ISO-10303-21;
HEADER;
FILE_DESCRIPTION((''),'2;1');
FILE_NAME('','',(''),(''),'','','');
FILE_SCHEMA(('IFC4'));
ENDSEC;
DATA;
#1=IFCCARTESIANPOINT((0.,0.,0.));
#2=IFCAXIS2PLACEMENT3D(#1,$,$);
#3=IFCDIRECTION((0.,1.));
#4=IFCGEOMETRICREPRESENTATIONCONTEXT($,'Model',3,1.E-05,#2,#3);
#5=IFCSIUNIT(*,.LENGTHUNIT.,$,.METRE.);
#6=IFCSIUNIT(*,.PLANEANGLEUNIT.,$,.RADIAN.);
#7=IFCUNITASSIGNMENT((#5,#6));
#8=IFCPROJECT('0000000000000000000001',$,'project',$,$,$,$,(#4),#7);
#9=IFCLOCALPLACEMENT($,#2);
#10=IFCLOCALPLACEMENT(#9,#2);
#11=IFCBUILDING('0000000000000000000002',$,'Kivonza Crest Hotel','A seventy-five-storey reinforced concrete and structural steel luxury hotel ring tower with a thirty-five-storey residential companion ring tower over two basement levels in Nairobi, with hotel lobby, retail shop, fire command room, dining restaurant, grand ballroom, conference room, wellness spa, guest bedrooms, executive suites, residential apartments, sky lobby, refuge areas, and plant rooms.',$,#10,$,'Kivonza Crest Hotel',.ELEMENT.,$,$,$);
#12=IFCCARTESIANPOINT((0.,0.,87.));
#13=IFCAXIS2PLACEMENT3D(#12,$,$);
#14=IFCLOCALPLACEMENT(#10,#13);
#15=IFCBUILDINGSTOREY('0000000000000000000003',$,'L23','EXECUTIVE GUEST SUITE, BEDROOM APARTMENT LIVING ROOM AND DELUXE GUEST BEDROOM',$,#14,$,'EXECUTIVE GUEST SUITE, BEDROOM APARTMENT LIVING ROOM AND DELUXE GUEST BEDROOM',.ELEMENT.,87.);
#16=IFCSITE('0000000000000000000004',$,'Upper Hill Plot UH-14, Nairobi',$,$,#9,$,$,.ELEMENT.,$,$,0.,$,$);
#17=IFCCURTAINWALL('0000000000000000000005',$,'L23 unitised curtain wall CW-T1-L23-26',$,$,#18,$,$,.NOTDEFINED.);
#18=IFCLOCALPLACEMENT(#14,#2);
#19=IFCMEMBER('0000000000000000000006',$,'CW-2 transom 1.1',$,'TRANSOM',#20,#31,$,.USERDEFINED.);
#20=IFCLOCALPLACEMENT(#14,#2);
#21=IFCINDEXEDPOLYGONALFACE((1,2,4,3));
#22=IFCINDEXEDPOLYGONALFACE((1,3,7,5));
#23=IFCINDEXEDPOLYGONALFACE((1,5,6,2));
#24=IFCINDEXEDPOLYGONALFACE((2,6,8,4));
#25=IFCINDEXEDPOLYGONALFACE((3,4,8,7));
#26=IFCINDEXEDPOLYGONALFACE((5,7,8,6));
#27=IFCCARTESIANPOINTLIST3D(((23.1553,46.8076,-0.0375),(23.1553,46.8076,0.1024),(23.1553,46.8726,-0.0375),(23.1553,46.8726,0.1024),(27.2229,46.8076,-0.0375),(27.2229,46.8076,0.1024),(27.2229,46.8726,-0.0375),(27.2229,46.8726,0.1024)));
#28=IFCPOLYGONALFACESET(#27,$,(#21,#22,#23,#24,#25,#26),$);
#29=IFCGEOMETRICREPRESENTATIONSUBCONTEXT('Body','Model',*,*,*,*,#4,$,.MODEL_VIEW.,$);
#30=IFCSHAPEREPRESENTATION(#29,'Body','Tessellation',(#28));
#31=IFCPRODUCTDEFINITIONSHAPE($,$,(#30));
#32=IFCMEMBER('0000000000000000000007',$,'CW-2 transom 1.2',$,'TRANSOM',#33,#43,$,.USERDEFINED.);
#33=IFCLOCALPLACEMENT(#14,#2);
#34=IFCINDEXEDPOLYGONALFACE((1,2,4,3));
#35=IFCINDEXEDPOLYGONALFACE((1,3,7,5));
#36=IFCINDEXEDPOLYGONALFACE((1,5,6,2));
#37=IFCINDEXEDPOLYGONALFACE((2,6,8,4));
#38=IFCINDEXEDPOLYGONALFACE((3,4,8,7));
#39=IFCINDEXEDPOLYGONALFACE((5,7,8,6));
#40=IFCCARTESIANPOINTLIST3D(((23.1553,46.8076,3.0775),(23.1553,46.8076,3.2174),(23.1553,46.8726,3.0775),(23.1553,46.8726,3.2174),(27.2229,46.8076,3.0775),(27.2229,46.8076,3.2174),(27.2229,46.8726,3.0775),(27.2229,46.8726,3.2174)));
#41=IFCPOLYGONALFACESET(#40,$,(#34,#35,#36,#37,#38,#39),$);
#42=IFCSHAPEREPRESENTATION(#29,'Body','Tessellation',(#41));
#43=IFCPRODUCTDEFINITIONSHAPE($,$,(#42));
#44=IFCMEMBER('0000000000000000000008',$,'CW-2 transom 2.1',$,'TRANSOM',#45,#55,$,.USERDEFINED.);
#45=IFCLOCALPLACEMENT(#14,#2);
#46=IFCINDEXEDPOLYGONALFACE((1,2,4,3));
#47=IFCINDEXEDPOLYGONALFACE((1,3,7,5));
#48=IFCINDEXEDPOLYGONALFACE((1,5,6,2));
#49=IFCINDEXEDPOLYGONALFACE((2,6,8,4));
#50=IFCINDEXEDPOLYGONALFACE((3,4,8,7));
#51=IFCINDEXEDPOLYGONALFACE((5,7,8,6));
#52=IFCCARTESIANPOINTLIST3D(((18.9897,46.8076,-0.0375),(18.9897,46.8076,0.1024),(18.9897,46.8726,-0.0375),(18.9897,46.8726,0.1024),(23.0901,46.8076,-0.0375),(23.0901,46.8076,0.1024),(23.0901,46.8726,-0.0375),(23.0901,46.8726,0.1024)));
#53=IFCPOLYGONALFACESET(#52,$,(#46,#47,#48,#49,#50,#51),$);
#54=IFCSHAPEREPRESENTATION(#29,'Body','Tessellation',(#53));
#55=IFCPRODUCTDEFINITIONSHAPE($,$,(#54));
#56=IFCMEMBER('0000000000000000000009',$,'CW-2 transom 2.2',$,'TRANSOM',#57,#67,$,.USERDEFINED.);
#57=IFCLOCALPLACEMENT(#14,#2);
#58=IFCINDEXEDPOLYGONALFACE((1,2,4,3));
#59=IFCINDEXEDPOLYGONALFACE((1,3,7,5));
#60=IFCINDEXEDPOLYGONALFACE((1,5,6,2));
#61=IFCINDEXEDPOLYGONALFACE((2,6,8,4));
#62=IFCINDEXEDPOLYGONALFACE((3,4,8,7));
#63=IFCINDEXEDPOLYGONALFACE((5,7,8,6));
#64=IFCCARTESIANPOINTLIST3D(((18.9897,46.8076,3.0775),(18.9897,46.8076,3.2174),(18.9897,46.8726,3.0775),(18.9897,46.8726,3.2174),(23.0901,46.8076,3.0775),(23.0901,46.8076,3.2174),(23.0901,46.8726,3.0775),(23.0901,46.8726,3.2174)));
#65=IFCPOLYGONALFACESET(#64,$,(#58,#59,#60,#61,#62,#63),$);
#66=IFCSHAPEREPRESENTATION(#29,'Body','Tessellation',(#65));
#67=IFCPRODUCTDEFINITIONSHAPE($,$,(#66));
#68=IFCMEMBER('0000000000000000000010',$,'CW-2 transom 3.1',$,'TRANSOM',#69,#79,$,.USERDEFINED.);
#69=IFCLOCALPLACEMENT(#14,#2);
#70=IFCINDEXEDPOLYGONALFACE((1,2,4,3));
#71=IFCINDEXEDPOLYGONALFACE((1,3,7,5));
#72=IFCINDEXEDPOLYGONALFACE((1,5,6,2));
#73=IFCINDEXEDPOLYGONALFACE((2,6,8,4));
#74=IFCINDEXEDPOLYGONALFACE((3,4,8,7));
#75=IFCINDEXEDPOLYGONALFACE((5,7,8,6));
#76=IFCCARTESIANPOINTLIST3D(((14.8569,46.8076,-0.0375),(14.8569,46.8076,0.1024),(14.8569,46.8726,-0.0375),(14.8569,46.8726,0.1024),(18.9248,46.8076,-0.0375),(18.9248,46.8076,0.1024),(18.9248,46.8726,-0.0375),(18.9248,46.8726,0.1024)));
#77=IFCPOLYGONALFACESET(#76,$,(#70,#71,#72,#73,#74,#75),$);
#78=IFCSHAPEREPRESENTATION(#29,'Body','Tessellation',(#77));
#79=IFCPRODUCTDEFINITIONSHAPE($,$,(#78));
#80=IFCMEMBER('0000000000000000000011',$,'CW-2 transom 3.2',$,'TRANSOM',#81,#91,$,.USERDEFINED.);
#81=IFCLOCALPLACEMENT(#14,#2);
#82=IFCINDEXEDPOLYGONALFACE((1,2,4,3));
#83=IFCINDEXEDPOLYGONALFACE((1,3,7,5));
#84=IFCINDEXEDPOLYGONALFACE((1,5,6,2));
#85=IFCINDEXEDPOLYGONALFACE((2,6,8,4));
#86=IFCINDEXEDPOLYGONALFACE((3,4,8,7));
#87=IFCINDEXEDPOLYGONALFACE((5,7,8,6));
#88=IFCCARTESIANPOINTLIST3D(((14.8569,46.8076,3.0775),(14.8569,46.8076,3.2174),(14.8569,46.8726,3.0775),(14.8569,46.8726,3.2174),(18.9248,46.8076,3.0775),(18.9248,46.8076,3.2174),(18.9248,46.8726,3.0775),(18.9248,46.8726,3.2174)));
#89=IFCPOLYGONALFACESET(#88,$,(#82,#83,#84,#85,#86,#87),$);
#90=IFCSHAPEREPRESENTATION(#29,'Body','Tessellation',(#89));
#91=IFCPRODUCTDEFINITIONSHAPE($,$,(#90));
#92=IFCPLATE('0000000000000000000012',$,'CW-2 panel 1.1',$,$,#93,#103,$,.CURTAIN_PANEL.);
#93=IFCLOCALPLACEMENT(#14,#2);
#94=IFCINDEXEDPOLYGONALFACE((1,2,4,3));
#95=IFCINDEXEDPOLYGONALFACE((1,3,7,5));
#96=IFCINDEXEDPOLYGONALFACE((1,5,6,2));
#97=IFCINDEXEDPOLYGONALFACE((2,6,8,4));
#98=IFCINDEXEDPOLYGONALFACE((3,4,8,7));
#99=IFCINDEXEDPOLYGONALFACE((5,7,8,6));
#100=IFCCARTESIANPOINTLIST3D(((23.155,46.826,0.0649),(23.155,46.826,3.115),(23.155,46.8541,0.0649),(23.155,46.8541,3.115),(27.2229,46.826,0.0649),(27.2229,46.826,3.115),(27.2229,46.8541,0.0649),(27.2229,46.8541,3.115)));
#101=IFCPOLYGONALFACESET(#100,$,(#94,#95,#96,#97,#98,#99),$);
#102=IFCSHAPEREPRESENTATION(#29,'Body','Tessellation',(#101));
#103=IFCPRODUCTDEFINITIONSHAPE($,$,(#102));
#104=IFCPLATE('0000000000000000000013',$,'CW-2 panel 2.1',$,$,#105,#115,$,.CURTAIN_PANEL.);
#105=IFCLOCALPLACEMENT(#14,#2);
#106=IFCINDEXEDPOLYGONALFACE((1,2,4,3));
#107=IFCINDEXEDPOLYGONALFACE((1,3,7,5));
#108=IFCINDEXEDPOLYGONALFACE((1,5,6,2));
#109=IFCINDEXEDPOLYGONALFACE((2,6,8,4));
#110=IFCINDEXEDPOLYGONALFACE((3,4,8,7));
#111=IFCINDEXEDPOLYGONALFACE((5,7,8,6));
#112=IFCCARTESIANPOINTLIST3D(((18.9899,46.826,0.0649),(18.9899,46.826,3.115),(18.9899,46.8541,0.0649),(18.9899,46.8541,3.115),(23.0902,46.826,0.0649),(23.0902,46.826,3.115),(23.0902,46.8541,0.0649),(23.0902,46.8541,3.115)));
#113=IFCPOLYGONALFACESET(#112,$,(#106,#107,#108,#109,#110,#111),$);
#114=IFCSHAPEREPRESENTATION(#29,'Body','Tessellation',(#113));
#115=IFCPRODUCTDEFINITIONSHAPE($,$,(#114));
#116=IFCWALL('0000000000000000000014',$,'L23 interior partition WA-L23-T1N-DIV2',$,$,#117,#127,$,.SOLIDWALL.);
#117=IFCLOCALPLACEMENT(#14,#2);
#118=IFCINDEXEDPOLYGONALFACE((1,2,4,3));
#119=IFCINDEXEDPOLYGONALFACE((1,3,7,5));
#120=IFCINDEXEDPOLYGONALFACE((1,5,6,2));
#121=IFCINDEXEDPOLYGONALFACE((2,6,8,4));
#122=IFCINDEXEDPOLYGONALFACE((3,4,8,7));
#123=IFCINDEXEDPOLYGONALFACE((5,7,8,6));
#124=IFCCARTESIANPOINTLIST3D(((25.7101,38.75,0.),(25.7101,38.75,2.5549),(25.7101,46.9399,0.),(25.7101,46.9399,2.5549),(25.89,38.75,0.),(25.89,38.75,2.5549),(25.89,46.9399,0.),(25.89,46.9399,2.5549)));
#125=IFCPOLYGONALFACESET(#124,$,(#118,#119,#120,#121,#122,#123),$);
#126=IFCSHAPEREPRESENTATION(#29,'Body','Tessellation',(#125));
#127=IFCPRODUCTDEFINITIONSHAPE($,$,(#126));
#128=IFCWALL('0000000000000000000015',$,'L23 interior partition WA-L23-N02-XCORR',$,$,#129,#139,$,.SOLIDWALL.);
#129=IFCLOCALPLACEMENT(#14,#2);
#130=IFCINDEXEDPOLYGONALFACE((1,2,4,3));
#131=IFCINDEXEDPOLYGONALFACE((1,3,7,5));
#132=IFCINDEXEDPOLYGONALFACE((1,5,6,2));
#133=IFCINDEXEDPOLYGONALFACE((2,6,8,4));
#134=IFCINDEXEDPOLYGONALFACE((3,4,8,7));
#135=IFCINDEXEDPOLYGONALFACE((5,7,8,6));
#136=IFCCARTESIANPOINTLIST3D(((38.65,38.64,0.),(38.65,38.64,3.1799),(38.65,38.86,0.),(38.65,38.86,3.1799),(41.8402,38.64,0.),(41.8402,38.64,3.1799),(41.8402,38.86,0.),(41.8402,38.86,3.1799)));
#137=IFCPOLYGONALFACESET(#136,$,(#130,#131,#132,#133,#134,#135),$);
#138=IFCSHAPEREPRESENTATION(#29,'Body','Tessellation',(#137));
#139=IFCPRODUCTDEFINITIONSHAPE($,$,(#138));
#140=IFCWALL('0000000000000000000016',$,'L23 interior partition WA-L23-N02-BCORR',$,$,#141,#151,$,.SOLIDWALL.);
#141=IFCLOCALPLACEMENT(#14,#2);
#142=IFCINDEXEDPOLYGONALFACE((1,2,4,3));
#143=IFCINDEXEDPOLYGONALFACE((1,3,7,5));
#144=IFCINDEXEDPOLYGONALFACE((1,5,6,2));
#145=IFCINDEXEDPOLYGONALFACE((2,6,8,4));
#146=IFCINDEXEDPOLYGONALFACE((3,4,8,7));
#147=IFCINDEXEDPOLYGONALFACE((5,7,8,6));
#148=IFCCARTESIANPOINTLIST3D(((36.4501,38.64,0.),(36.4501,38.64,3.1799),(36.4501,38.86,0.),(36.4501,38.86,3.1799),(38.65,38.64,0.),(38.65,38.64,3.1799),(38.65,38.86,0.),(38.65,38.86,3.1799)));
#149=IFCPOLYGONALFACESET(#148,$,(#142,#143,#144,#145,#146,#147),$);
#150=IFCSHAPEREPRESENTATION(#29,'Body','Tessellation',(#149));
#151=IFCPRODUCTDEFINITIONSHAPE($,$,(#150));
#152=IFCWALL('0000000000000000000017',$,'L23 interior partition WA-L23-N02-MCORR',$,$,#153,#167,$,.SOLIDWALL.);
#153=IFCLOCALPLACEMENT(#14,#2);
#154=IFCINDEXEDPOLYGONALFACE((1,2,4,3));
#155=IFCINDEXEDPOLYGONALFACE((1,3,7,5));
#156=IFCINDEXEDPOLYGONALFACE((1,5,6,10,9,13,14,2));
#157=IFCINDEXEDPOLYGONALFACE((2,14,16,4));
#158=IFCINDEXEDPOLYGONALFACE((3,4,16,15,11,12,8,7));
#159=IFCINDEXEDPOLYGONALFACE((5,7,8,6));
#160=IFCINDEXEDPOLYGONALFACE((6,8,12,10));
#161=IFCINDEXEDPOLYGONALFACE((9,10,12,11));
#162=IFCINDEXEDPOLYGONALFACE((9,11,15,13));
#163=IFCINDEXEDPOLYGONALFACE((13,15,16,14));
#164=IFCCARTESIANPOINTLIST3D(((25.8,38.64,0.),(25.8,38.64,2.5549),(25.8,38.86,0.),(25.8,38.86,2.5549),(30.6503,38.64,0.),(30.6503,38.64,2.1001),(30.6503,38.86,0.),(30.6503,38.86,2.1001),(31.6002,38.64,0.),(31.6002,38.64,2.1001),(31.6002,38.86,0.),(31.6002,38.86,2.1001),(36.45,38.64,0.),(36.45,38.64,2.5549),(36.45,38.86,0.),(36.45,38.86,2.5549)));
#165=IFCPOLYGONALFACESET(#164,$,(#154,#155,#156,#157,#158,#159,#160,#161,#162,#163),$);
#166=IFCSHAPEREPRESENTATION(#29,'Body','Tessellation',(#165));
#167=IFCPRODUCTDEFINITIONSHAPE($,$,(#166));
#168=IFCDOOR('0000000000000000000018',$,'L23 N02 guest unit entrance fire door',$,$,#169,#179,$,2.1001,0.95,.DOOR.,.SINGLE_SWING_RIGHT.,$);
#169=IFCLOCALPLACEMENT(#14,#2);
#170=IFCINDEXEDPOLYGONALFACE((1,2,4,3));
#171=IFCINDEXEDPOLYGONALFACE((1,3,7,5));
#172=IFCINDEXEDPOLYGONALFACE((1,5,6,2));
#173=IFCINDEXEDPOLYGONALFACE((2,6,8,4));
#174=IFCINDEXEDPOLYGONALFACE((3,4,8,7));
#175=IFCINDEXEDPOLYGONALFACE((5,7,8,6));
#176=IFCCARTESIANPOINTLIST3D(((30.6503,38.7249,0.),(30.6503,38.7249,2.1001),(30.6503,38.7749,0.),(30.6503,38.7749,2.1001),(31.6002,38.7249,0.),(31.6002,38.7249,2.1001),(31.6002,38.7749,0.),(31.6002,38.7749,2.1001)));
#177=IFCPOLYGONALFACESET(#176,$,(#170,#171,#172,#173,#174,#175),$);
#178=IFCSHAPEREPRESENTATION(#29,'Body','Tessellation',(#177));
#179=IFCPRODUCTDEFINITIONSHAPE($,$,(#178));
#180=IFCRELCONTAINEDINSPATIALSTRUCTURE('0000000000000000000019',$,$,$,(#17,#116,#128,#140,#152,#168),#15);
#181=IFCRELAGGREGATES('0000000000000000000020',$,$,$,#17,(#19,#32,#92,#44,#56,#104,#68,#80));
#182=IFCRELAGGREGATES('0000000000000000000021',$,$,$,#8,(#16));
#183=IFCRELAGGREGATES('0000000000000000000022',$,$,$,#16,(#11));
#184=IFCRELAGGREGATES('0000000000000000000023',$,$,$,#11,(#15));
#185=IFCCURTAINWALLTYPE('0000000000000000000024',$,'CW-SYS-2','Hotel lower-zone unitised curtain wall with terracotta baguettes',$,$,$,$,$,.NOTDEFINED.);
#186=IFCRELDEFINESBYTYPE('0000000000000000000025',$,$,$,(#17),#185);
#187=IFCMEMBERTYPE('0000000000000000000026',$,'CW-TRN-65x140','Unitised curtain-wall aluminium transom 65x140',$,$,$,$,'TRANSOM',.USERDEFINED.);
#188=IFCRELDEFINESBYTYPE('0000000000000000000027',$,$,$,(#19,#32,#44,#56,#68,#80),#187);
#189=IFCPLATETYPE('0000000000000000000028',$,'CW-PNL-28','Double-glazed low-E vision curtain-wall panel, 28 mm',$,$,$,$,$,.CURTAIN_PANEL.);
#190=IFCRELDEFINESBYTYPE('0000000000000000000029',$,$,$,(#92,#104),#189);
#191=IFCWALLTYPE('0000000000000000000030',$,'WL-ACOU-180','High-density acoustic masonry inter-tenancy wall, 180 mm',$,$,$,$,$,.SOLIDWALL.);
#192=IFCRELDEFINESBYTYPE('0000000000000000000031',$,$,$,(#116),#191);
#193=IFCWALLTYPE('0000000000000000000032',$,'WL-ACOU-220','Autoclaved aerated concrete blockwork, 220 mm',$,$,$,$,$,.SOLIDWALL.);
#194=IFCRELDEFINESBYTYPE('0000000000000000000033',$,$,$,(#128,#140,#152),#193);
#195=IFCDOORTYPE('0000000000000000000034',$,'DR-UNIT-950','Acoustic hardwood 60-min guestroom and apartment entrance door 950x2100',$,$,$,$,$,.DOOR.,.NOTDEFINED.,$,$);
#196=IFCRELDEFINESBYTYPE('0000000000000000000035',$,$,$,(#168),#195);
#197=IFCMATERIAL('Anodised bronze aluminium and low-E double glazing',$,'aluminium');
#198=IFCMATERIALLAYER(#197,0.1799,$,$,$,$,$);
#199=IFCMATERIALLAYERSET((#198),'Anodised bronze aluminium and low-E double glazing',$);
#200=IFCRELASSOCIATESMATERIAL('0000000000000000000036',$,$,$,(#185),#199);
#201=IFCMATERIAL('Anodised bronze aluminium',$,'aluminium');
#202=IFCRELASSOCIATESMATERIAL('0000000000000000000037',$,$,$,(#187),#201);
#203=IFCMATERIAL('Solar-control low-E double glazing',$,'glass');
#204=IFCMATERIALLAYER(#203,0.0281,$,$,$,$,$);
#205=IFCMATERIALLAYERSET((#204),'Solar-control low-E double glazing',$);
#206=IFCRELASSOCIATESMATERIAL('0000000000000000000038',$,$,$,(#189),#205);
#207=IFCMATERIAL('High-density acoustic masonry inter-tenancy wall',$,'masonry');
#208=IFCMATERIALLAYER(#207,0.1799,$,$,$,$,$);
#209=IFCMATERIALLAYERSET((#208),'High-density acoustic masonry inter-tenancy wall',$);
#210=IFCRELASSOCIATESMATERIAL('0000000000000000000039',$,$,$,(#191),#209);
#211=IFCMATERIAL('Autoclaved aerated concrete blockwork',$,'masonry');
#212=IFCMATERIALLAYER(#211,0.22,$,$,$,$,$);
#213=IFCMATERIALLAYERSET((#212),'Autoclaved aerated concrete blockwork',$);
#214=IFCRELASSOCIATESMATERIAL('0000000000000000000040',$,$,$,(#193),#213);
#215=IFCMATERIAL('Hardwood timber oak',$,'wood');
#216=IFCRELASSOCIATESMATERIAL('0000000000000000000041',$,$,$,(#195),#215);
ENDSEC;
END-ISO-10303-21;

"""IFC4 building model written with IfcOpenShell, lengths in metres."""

from ifc_helpers import new_model, si_unit, direction, frame, frame_2d, origin, origin_2d, place, context, subcontext, project, spatial, rectangle, extrude, material, layer, layer_set, material_profile, profile_set, type_object, element, fill, aggregate, save


model = new_model("IFC4")

# Units and contexts
model_context = context("Model", 3, precision=1e-05, world=origin(), true_north=direction((0.0, 1.0)))
body_context = subcontext(model_context, "Body", "Model", "MODEL_VIEW")
ifc_project = project(units=[si_unit("LENGTHUNIT", "METRE"), si_unit("PLANEANGLEUNIT", "RADIAN")], contexts=[model_context])

# Site, building, storey
site_placement = place(None, origin())
site = spatial("IfcSite", under=ifc_project, at=site_placement, Name="Upper Hill Plot UH-14, Nairobi", CompositionType="ELEMENT", RefElevation=0.0)
building_placement = place(site_placement, origin())
building = spatial("IfcBuilding", under=site, at=building_placement, Name="Kivonza Crest Hotel", Description="A seventy-five-storey reinforced concrete and structural steel luxury hotel ring tower with a thirty-five-storey residential companion ring tower over two basement levels in Nairobi, with hotel lobby, retail shop, fire command room, dining restaurant, grand ballroom, conference room, wellness spa, guest bedrooms, executive suites, residential apartments, sky lobby, refuge areas, and plant rooms.", LongName="Kivonza Crest Hotel", CompositionType="ELEMENT")
storey_placement = place(building_placement, frame((0.0, 0.0, 87.0)))
storey = spatial("IfcBuildingStorey", under=building, at=storey_placement, Name="L23", Description="EXECUTIVE GUEST SUITE, BEDROOM APARTMENT LIVING ROOM AND DELUXE GUEST BEDROOM", LongName="EXECUTIVE GUEST SUITE, BEDROOM APARTMENT LIVING ROOM AND DELUXE GUEST BEDROOM", CompositionType="ELEMENT", Elevation=87.0)

# Curtain wall, members, plates
ifc_material_1 = material(Name="Anodised bronze aluminium and low-E double glazing", Category="aluminium")
ifc_layer_1 = layer(ifc_material_1, 0.1799)
ifc_layer_set_1 = layer_set([ifc_layer_1], Name="Anodised bronze aluminium and low-E double glazing")
curtain_wall_type = type_object("IfcCurtainWallType", Name="CW-SYS-2", Description="Hotel lower-zone unitised curtain wall with terracotta baguettes", PredefinedType="NOTDEFINED", material=ifc_layer_set_1)
curtain_wall_placement = place(storey_placement, origin())
curtain_wall = element("IfcCurtainWall", 1, at=curtain_wall_placement, inside=storey, type_object=curtain_wall_type, Name="L23 unitised curtain wall CW-T1-L23-26", PredefinedType="NOTDEFINED")
ifc_material_2 = material(Name="Anodised bronze aluminium", Category="aluminium")
ifc_material_profile_1 = material_profile(ifc_material_2, rectangle(XDim=0.0649, YDim=0.1399, at=origin_2d()), Name="CW-T 65x140")
ifc_profile_set_1 = profile_set([ifc_material_profile_1], Name="Anodised bronze aluminium")
member_type_1 = type_object("IfcMemberType", Name="CW-TRN-65x140", Description="Unitised curtain-wall aluminium transom 65x140", ElementType="TRANSOM", PredefinedType="USERDEFINED", material=ifc_profile_set_1)
member_1_placement = place(storey_placement, frame((27.2229, 46.8401, 0.0325), z_axis=(-1.0, 0.0, 0.0), x_axis=(0.0, -1.0, 0.0)))
member_1 = element("IfcMember", 2, at=member_1_placement, type_object=member_type_1, Name="CW-2 transom 1.1", ObjectType="TRANSOM", PredefinedType="USERDEFINED", context=body_context, shape_type="SweptSolid", body=[
    extrude(rectangle(XDim=0.0649, YDim=0.1399, at=origin_2d()), origin(), (0.0, 0.0, 1.0), 4.0676),
])
member_2_placement = place(storey_placement, frame((27.2229, 46.8401, 3.1475), z_axis=(-1.0, 0.0, 0.0), x_axis=(0.0, -1.0, 0.0)))
member_2 = element("IfcMember", 3, at=member_2_placement, type_object=member_type_1, Name="CW-2 transom 1.2", ObjectType="TRANSOM", PredefinedType="USERDEFINED", context=body_context, shape_type="SweptSolid", body=[
    extrude(rectangle(XDim=0.0649, YDim=0.1399, at=origin_2d()), origin(), (0.0, 0.0, 1.0), 4.0676),
])
member_3_placement = place(storey_placement, frame((23.0901, 46.8401, 0.0325), z_axis=(-1.0, 0.0, 0.0), x_axis=(0.0, -1.0, 0.0)))
member_3 = element("IfcMember", 4, at=member_3_placement, type_object=member_type_1, Name="CW-2 transom 2.1", ObjectType="TRANSOM", PredefinedType="USERDEFINED", context=body_context, shape_type="SweptSolid", body=[
    extrude(rectangle(XDim=0.0649, YDim=0.1399, at=origin_2d()), origin(), (0.0, 0.0, 1.0), 4.1003),
])
member_4_placement = place(storey_placement, frame((23.0901, 46.8401, 3.1475), z_axis=(-1.0, 0.0, 0.0), x_axis=(0.0, -1.0, 0.0)))
member_4 = element("IfcMember", 5, at=member_4_placement, type_object=member_type_1, Name="CW-2 transom 2.2", ObjectType="TRANSOM", PredefinedType="USERDEFINED", context=body_context, shape_type="SweptSolid", body=[
    extrude(rectangle(XDim=0.0649, YDim=0.1399, at=origin_2d()), origin(), (0.0, 0.0, 1.0), 4.1003),
])
member_5_placement = place(storey_placement, frame((18.9248, 46.8401, 0.0325), z_axis=(-1.0, 0.0, 0.0), x_axis=(0.0, -1.0, 0.0)))
member_5 = element("IfcMember", 6, at=member_5_placement, type_object=member_type_1, Name="CW-2 transom 3.1", ObjectType="TRANSOM", PredefinedType="USERDEFINED", context=body_context, shape_type="SweptSolid", body=[
    extrude(rectangle(XDim=0.0649, YDim=0.1399, at=origin_2d()), origin(), (0.0, 0.0, 1.0), 4.0679),
])
member_6_placement = place(storey_placement, frame((18.9248, 46.8401, 3.1475), z_axis=(-1.0, 0.0, 0.0), x_axis=(0.0, -1.0, 0.0)))
member_6 = element("IfcMember", 7, at=member_6_placement, type_object=member_type_1, Name="CW-2 transom 3.2", ObjectType="TRANSOM", PredefinedType="USERDEFINED", context=body_context, shape_type="SweptSolid", body=[
    extrude(rectangle(XDim=0.0649, YDim=0.1399, at=origin_2d()), origin(), (0.0, 0.0, 1.0), 4.0679),
])
ifc_material_3 = material(Name="Solar-control low-E double glazing", Category="glass")
ifc_layer_2 = layer(ifc_material_3, 0.0281)
ifc_layer_set_2 = layer_set([ifc_layer_2], Name="Solar-control low-E double glazing")
plate_type = type_object("IfcPlateType", Name="CW-PNL-28", Description="Double-glazed low-E vision curtain-wall panel, 28 mm", PredefinedType="CURTAIN_PANEL", material=ifc_layer_set_2)
plate_1_placement = place(storey_placement, frame((25.189, 46.8401, 0.0649), z_axis=(0.0, 0.0, 1.0), x_axis=(-1.0, 0.0, 0.0)))
plate_1 = element("IfcPlate", 8, at=plate_1_placement, type_object=plate_type, Name="CW-2 panel 1.1", PredefinedType="CURTAIN_PANEL", context=body_context, shape_type="SweptSolid", body=[
    extrude(rectangle(XDim=4.0679, YDim=0.0281, at=origin_2d()), origin(), (0.0, 0.0, 1.0), 3.05),
])
plate_2_placement = place(storey_placement, frame((21.04, 46.8401, 0.0649), z_axis=(0.0, 0.0, 1.0), x_axis=(-1.0, 0.0, 0.0)))
plate_2 = element("IfcPlate", 9, at=plate_2_placement, type_object=plate_type, Name="CW-2 panel 2.1", PredefinedType="CURTAIN_PANEL", context=body_context, shape_type="SweptSolid", body=[
    extrude(rectangle(XDim=4.1003, YDim=0.0281, at=origin_2d()), origin(), (0.0, 0.0, 1.0), 3.05),
])
aggregate(curtain_wall, [member_1, member_2, plate_1, member_3, member_4, plate_2, member_5, member_6])

# Walls
ifc_material_4 = material(Name="High-density acoustic masonry inter-tenancy wall", Category="masonry")
ifc_layer_3 = layer(ifc_material_4, 0.1799)
ifc_layer_set_3 = layer_set([ifc_layer_3], Name="High-density acoustic masonry inter-tenancy wall")
wall_type_1 = type_object("IfcWallType", Name="WL-ACOU-180", Description="High-density acoustic masonry inter-tenancy wall, 180 mm", PredefinedType="SOLIDWALL", material=ifc_layer_set_3)
wall_1_placement = place(storey_placement, frame((25.8, 38.75, 0.0), z_axis=(0.0, 0.0, 1.0), x_axis=(0.0, 1.0, 0.0)))
element("IfcWall", 10, at=wall_1_placement, inside=storey, type_object=wall_type_1, Name="L23 interior partition WA-L23-T1N-DIV2", PredefinedType="SOLIDWALL", context=body_context, shape_type="SweptSolid", body=[
    extrude(rectangle(XDim=8.1899, YDim=0.1799, at=frame_2d((4.095, 0.0))), origin(), (0.0, 0.0, 1.0), 2.5549),
])
ifc_material_5 = material(Name="Autoclaved aerated concrete blockwork", Category="masonry")
ifc_layer_4 = layer(ifc_material_5, 0.22)
ifc_layer_set_4 = layer_set([ifc_layer_4], Name="Autoclaved aerated concrete blockwork")
wall_type_2 = type_object("IfcWallType", Name="WL-ACOU-220", Description="Autoclaved aerated concrete blockwork, 220 mm", PredefinedType="SOLIDWALL", material=ifc_layer_set_4)
wall_2_placement = place(storey_placement, frame((38.6499, 38.75, 0.0), z_axis=(0.0, 0.0, 1.0), x_axis=(1.0, 0.0, 0.0)))
element("IfcWall", 11, at=wall_2_placement, inside=storey, type_object=wall_type_2, Name="L23 interior partition WA-L23-N02-XCORR", PredefinedType="SOLIDWALL", context=body_context, shape_type="SweptSolid", body=[
    extrude(rectangle(XDim=3.1902, YDim=0.22, at=frame_2d((1.5952, 0.0))), origin(), (0.0, 0.0, 1.0), 3.1799),
])
wall_3_placement = place(storey_placement, frame((36.45, 38.75, 0.0), z_axis=(0.0, 0.0, 1.0), x_axis=(1.0, 0.0, 0.0)))
element("IfcWall", 12, at=wall_3_placement, inside=storey, type_object=wall_type_2, Name="L23 interior partition WA-L23-N02-BCORR", PredefinedType="SOLIDWALL", context=body_context, shape_type="SweptSolid", body=[
    extrude(rectangle(XDim=2.2, YDim=0.22, at=frame_2d((1.1001, 0.0))), origin(), (0.0, 0.0, 1.0), 3.1799),
])

# Wall, opening, door
wall_4_placement = place(storey_placement, frame((25.8, 38.75, 0.0), z_axis=(0.0, 0.0, 1.0), x_axis=(1.0, 0.0, 0.0)))
wall_4 = element("IfcWall", 13, at=wall_4_placement, inside=storey, type_object=wall_type_2, Name="L23 interior partition WA-L23-N02-MCORR", PredefinedType="SOLIDWALL", context=body_context, shape_type="SweptSolid", body=[
    extrude(rectangle(XDim=10.6499, YDim=0.22, at=frame_2d((5.325, 0.0))), origin(), (0.0, 0.0, 1.0), 2.5549),
])
opening_1_placement = place(wall_4_placement, frame((4.8501, 0.0, 0.0)))
opening_1 = element("IfcOpeningElement", 14, at=opening_1_placement, cuts=wall_4, PredefinedType="OPENING", context=body_context, shape_type="SweptSolid", body=[
    extrude(rectangle(XDim=0.95, YDim=2.1001, at=frame_2d((0.4751, 1.05))), frame((0.0, 0.1201, 0.0), z_axis=(0.0, -1.0, 0.0), x_axis=(1.0, 0.0, 0.0)), (0.0, 0.0, 1.0), 0.24),
])
ifc_material_6 = material(Name="Hardwood timber oak", Category="wood")
door_type_1 = type_object("IfcDoorType", Name="DR-UNIT-950", Description="Acoustic hardwood 60-min guestroom and apartment entrance door 950x2100", OperationType="NOTDEFINED", PredefinedType="DOOR", material=ifc_material_6)
door_1_placement = place(opening_1_placement, origin())
door_1 = element("IfcDoor", 15, at=door_1_placement, inside=storey, type_object=door_type_1, Name="L23 N02 guest unit entrance fire door", OperationType="SINGLE_SWING_RIGHT", OverallHeight=2.1001, OverallWidth=0.95, PredefinedType="DOOR", context=body_context, shape_type="SweptSolid", body=[
    extrude(rectangle(XDim=0.95, YDim=2.1001, at=frame_2d((0.4751, 1.05))), frame((0.0, 0.0249, 0.0), z_axis=(0.0, -1.0, 0.0), x_axis=(1.0, 0.0, 0.0)), (0.0, 0.0, 1.0), 0.05),
])
fill(opening_1, door_1)

save(model, "model.ifc")
